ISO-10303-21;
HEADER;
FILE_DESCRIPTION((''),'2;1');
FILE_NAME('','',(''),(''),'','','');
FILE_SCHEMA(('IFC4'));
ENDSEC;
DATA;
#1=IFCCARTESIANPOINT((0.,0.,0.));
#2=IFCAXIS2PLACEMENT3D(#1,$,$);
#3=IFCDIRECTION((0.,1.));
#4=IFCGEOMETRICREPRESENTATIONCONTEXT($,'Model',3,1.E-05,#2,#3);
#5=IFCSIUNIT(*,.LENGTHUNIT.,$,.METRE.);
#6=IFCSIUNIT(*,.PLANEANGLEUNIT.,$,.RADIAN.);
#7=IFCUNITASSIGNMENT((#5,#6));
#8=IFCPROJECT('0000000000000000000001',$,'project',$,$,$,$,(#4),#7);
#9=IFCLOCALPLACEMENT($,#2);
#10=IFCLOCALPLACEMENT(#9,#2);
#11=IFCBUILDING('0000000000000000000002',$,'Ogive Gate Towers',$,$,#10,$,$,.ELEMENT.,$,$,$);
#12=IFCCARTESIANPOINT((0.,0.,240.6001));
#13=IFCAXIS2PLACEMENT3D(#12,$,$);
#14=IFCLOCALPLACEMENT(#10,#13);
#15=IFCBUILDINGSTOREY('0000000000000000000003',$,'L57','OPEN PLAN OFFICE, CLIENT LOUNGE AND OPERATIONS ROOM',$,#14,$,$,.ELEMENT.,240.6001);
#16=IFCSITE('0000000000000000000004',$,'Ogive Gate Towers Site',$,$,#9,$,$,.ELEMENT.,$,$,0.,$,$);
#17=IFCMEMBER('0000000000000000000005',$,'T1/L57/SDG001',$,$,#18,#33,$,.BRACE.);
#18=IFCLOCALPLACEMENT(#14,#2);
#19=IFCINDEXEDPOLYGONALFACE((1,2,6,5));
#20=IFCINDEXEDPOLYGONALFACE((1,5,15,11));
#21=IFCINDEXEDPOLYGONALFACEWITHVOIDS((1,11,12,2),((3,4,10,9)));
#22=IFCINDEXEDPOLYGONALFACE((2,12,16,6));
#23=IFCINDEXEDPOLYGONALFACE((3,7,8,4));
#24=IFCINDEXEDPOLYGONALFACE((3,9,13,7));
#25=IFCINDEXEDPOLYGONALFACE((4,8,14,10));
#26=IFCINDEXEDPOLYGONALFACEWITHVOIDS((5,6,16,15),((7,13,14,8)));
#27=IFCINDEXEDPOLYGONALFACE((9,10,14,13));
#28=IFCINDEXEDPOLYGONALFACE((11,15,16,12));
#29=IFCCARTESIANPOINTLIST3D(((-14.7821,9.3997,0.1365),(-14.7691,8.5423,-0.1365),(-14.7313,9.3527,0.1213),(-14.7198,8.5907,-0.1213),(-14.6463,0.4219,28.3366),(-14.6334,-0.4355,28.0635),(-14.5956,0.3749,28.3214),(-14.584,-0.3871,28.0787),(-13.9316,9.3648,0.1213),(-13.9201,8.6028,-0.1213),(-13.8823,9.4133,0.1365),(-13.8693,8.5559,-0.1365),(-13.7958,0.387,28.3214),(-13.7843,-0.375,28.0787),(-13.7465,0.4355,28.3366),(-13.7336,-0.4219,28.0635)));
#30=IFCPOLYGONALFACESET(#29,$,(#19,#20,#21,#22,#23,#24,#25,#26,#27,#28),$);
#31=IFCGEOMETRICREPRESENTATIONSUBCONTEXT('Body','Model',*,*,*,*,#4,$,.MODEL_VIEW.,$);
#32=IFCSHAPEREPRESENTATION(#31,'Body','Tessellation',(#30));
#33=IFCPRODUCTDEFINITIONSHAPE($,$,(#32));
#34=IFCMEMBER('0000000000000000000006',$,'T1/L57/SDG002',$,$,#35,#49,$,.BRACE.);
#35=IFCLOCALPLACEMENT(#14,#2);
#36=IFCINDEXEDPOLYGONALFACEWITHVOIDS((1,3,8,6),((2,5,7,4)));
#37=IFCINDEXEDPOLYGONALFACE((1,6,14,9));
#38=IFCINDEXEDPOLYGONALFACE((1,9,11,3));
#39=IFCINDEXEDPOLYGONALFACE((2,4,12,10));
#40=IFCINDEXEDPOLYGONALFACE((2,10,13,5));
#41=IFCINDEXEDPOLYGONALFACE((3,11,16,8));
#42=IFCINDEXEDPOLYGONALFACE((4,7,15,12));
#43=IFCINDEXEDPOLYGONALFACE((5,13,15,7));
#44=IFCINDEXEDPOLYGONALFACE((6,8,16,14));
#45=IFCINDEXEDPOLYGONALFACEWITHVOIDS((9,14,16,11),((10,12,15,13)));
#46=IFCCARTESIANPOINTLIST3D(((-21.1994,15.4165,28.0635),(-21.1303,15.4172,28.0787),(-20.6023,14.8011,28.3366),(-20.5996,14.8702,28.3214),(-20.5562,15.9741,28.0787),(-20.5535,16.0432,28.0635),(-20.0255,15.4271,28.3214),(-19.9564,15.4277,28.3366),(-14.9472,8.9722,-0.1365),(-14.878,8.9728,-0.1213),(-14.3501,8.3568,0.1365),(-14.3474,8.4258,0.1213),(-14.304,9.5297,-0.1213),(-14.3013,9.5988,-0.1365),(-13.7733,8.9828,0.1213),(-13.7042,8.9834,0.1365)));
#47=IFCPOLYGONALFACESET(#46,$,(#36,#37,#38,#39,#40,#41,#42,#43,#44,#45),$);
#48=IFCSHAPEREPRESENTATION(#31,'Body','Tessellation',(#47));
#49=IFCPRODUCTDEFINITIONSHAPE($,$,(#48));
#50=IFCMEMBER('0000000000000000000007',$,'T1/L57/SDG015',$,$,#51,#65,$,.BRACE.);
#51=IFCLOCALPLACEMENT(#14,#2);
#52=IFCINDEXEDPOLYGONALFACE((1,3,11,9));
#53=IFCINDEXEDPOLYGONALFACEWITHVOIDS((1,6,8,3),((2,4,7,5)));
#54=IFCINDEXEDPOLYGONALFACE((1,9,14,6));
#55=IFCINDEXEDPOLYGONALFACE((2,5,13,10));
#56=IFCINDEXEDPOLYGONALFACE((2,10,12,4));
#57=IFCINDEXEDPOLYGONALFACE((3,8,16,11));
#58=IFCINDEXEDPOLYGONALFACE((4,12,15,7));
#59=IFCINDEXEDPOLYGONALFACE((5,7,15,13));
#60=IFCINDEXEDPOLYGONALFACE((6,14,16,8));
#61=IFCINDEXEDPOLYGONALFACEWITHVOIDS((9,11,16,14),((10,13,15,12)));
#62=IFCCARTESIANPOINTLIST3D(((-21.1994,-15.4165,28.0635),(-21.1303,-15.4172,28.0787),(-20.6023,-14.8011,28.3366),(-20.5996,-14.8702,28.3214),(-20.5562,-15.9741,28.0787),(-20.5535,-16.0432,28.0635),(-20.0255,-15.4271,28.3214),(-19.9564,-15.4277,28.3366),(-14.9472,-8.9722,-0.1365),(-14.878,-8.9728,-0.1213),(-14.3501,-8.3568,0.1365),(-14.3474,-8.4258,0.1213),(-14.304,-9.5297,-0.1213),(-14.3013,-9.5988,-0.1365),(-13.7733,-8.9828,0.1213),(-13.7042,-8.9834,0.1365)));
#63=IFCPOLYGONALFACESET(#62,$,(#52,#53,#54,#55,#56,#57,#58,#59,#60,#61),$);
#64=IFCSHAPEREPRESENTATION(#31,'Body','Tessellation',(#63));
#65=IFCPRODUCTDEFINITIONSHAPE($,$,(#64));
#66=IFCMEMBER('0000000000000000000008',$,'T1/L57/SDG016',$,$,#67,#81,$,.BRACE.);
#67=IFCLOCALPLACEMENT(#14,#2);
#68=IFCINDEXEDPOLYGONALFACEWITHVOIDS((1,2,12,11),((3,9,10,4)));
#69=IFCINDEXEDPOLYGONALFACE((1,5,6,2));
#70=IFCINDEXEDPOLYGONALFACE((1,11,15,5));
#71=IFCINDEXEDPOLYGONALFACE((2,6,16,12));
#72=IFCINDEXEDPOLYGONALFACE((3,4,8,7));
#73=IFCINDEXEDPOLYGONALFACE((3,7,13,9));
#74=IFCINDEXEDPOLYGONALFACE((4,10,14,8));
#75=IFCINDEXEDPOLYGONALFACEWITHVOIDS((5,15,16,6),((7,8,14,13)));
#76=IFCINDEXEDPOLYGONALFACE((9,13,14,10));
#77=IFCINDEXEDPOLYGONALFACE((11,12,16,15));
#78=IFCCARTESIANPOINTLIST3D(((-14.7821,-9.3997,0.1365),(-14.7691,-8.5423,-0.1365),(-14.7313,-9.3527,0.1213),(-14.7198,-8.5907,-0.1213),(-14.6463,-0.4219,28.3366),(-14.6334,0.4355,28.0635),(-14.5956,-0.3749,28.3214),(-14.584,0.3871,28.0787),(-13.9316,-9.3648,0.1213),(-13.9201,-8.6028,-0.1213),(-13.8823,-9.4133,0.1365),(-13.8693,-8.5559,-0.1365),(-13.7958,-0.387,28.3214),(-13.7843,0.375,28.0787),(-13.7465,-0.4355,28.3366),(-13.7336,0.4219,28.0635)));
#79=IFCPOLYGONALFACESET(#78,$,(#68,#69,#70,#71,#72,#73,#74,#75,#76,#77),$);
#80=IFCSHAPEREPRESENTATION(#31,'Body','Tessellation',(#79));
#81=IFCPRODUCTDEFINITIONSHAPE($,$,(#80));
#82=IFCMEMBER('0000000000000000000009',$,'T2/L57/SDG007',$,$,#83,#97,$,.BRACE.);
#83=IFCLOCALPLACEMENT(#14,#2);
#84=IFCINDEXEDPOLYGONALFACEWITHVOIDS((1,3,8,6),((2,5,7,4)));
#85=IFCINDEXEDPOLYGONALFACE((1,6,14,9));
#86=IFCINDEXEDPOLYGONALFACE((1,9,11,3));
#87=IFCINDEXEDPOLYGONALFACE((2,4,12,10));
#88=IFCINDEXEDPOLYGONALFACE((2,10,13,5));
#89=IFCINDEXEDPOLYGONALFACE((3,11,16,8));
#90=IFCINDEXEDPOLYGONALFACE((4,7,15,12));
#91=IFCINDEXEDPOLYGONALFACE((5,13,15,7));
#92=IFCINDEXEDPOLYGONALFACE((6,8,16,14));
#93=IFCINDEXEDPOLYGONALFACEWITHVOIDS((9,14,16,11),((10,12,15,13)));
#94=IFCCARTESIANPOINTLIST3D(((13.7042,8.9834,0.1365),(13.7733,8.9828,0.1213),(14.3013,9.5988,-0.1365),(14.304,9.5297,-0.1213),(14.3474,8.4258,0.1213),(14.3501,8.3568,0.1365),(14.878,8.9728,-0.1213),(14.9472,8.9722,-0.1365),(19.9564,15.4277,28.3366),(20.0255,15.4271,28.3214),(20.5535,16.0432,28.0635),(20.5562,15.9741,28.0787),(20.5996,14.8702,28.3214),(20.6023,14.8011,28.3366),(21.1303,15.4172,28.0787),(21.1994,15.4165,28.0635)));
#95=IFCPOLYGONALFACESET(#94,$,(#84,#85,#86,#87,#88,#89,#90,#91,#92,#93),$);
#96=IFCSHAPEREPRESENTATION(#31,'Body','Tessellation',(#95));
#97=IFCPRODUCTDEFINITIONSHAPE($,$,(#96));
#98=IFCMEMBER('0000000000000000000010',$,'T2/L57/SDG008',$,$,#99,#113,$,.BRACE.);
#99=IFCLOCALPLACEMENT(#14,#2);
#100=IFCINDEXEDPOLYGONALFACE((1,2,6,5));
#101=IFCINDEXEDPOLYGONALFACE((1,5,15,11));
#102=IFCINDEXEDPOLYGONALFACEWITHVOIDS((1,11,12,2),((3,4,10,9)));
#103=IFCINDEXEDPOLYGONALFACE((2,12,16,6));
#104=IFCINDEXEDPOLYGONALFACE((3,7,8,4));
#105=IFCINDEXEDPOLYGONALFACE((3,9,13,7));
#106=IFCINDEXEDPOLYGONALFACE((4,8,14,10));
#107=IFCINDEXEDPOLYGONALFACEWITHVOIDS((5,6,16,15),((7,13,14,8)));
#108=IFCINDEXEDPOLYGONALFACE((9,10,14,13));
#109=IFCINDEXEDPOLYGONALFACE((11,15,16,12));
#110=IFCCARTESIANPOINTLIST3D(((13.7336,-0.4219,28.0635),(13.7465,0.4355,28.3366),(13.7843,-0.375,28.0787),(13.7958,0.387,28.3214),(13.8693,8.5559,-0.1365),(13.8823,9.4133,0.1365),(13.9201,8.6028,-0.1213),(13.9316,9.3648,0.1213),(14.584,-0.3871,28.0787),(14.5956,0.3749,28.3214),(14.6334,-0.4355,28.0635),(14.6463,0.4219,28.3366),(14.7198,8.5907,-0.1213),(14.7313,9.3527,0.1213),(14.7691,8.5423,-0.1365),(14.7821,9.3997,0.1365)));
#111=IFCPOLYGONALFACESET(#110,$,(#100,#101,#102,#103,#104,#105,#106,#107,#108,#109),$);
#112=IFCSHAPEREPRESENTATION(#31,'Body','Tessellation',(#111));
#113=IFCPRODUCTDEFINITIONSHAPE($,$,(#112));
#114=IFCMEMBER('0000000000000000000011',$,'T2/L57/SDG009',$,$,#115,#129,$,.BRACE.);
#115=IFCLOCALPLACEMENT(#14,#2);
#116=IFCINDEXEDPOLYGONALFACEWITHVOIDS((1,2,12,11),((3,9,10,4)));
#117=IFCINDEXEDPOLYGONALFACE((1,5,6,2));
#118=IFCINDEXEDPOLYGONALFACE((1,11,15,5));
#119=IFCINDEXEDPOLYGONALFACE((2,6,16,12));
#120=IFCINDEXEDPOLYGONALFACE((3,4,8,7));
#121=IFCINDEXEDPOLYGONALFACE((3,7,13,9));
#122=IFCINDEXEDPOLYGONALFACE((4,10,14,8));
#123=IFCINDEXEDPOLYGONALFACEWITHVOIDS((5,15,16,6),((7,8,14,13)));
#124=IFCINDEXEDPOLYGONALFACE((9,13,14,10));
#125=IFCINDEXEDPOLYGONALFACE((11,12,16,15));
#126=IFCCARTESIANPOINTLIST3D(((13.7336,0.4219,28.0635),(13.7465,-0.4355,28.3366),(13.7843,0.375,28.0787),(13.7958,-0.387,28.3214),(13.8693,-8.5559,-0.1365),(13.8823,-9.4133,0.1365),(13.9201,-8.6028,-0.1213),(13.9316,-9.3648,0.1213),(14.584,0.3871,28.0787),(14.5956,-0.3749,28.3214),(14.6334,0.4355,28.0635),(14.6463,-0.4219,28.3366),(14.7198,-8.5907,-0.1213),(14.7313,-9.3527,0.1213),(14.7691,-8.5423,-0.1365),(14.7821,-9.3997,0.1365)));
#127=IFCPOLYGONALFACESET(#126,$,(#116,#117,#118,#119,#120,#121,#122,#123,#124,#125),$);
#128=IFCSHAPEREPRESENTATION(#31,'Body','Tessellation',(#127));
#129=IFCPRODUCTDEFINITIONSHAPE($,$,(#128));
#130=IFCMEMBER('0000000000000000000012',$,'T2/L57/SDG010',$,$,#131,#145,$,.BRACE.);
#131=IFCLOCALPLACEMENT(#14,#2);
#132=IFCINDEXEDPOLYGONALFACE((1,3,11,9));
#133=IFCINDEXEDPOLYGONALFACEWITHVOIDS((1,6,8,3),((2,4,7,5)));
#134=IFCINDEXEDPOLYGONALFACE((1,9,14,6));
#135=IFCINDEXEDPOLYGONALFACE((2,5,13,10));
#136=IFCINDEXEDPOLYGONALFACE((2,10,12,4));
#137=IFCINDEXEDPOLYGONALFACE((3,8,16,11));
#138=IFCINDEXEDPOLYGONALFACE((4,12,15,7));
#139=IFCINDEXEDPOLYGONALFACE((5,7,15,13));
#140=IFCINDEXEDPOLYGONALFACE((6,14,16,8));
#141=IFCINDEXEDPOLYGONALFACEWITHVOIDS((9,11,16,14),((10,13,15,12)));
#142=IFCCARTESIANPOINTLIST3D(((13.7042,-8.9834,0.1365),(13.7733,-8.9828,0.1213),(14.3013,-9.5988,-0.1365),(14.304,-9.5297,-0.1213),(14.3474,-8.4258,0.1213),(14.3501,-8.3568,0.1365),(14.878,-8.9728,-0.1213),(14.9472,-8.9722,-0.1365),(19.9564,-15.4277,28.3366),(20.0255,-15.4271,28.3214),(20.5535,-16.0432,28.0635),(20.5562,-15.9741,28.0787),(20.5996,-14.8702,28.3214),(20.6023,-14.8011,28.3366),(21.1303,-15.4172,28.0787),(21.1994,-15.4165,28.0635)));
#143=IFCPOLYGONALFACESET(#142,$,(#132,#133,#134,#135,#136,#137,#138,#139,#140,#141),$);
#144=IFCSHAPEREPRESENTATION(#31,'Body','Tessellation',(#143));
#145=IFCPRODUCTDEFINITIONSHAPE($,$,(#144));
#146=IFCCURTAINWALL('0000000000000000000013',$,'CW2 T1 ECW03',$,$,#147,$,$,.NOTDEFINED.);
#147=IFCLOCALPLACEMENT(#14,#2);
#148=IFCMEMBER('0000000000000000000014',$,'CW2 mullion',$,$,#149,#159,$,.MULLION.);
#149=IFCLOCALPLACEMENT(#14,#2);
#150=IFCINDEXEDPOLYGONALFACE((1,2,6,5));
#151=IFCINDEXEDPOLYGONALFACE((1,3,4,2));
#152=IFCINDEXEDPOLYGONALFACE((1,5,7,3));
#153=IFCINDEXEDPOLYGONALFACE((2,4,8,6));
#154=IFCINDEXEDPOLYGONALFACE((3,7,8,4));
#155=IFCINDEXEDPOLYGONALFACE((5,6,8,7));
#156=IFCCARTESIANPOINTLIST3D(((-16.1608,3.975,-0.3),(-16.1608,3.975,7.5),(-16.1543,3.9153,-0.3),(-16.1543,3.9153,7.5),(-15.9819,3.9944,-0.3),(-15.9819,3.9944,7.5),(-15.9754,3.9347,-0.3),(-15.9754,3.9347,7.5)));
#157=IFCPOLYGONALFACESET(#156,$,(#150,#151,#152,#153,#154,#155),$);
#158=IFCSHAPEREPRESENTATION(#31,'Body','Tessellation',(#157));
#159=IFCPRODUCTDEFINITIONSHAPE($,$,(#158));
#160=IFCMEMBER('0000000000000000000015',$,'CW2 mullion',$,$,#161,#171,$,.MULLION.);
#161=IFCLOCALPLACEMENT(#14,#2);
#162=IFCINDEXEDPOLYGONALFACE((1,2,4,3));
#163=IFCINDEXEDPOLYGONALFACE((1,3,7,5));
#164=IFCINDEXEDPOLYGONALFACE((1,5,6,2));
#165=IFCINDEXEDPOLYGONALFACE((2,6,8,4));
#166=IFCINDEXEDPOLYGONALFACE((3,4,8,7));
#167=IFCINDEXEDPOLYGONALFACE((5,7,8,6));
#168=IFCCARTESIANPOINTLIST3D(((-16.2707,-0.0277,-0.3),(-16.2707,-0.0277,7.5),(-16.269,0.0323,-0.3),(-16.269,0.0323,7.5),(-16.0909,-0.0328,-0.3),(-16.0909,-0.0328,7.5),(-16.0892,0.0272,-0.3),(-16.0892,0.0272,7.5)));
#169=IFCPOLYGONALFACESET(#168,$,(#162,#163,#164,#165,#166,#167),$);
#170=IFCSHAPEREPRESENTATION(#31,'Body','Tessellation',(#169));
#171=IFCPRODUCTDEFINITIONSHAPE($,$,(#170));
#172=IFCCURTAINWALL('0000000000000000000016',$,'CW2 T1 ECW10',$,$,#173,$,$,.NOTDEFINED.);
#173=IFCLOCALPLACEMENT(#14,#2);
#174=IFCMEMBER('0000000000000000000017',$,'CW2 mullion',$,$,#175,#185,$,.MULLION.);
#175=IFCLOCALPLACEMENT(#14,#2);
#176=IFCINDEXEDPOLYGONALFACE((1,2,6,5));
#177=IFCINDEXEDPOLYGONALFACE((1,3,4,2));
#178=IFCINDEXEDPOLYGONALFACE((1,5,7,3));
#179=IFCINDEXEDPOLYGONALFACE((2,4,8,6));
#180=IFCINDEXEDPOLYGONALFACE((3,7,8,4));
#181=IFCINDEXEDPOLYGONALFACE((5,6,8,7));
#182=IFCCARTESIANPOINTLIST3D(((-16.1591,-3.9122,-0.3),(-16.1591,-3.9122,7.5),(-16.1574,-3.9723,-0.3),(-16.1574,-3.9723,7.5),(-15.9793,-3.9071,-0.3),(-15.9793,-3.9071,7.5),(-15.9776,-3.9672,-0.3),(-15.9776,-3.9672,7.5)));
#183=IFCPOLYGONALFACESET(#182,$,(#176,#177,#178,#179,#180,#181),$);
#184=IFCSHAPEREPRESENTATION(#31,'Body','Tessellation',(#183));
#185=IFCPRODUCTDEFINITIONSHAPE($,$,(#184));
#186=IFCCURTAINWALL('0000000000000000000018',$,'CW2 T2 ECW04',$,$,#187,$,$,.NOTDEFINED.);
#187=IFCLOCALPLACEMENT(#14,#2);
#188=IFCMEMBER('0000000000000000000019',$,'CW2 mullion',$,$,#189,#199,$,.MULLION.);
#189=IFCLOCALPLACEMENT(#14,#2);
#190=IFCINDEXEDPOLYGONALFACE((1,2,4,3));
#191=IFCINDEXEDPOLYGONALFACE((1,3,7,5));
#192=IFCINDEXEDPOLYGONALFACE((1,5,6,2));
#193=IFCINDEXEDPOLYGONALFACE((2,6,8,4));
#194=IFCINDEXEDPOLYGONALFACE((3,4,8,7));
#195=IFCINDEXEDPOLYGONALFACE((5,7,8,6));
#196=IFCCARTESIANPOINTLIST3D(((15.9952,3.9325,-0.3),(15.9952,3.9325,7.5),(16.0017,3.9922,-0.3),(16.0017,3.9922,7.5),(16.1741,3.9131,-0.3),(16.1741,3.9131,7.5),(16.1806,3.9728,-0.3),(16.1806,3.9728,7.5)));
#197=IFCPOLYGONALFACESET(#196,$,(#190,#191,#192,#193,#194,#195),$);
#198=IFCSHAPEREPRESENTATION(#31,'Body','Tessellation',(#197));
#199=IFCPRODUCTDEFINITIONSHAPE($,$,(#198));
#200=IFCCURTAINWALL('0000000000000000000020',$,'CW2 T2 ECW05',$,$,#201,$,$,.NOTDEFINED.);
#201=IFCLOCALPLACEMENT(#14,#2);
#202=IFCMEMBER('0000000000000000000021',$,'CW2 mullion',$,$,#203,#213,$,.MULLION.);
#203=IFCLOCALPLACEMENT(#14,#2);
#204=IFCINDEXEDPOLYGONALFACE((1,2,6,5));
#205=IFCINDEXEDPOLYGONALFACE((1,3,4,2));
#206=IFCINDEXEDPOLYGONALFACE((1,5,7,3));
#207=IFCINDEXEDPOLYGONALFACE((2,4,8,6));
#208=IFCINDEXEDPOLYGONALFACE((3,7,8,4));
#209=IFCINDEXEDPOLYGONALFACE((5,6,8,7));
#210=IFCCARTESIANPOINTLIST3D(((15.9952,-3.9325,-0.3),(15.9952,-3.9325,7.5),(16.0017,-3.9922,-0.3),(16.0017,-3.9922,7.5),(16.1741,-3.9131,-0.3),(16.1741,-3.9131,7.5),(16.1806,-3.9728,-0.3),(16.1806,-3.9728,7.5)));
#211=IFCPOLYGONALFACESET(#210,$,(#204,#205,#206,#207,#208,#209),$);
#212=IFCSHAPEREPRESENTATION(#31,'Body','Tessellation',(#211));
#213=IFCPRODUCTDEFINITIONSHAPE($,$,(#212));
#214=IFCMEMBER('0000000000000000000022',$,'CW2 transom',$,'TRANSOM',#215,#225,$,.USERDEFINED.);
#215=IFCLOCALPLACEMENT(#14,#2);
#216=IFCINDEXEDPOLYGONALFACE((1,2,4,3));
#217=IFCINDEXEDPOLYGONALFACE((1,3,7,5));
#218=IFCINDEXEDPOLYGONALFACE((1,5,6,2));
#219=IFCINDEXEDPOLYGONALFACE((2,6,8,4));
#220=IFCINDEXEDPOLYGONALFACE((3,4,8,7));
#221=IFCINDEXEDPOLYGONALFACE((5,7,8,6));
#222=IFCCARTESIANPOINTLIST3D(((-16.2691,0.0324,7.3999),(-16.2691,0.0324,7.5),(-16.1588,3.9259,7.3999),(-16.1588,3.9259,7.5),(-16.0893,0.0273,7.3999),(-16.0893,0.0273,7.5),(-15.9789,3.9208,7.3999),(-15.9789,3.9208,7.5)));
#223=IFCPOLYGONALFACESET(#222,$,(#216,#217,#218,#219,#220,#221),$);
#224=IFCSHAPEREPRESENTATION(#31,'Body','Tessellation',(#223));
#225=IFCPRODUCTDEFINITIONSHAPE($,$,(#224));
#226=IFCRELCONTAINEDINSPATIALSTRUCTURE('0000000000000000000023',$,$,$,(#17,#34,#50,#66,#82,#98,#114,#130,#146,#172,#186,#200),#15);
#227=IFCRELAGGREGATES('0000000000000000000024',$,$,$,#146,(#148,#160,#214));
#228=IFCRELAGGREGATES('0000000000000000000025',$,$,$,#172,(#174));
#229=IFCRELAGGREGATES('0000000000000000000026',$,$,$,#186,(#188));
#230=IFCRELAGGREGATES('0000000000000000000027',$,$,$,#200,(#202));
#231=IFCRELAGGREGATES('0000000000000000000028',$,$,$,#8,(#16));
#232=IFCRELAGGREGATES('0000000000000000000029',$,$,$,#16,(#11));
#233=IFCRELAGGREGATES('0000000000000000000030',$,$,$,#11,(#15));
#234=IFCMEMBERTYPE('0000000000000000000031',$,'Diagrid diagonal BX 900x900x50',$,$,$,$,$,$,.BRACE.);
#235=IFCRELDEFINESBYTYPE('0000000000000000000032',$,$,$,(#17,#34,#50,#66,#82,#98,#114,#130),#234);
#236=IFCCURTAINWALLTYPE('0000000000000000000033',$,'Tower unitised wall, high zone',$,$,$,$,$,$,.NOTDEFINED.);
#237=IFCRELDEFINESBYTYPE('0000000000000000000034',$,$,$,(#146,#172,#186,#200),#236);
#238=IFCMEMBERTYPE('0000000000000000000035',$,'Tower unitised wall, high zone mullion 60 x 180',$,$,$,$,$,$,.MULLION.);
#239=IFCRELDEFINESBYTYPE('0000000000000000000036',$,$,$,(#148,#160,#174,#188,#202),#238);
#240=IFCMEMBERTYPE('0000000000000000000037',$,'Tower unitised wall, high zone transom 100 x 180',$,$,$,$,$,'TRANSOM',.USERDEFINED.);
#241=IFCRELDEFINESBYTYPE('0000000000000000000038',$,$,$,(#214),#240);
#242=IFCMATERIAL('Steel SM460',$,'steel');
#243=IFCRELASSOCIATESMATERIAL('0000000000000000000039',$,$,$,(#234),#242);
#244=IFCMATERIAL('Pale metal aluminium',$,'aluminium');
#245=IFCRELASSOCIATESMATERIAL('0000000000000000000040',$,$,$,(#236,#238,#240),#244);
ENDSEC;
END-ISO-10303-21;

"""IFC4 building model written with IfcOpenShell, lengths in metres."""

from ifc_helpers import new_model, si_unit, direction, frame, origin, origin_2d, place, context, subcontext, project, spatial, rectangle, hollow_rectangle, extrude, material, material_profile, profile_set, type_object, element, aggregate, save


model = new_model("IFC4")

# Units and contexts
model_context = context("Model", 3, precision=1e-05, world=origin(), true_north=direction((0.0, 1.0)))
body_context = subcontext(model_context, "Body", "Model", "MODEL_VIEW")
ifc_project = project(units=[si_unit("LENGTHUNIT", "METRE"), si_unit("PLANEANGLEUNIT", "RADIAN")], contexts=[model_context])

# Site, building, storey
site_placement = place(None, origin())
site = spatial("IfcSite", under=ifc_project, at=site_placement, Name="Ogive Gate Towers Site", CompositionType="ELEMENT", RefElevation=0.0)
building_placement = place(site_placement, origin())
building = spatial("IfcBuilding", under=site, at=building_placement, Name="Ogive Gate Towers", CompositionType="ELEMENT")
storey_placement = place(building_placement, frame((0.0, 0.0, 240.6001)))
storey = spatial("IfcBuildingStorey", under=building, at=storey_placement, Name="L57", Description="OPEN PLAN OFFICE, CLIENT LOUNGE AND OPERATIONS ROOM", CompositionType="ELEMENT", Elevation=240.6001)

# Members
ifc_material_1 = material(Name="Steel SM460", Category="steel")
ifc_material_profile_1 = material_profile(ifc_material_1, hollow_rectangle(XDim=0.8999, YDim=0.8999, WallThickness=0.05, at=origin_2d()), Name="BX 900x900x50")
ifc_profile_set_1 = profile_set([ifc_material_profile_1], Name="Steel SM460")
member_type_1 = type_object("IfcMemberType", Name="Diagrid diagonal BX 900x900x50", PredefinedType="BRACE", material=ifc_profile_set_1)
for number, where, z_axis, x_axis, name in (
    (1, (-14.3257, 8.9778, 0.0), (0.004587, -0.303356, 0.952866), (0.999886, 0.015118, 0.0), "T1/L57/SDG001"),
    (2, (-14.3257, 8.9778, 0.0), (-0.211259, 0.217752, 0.952866), (-0.717725, -0.696326, 0.0), "T1/L57/SDG002"),
    (3, (-14.3257, -8.9778, 0.0), (-0.211259, -0.217752, 0.952866), (0.717725, -0.696326, 0.0), "T1/L57/SDG015"),
    (4, (-14.3257, -8.9778, 0.0), (0.004587, 0.303356, 0.952866), (-0.999886, 0.015118, 0.0), "T1/L57/SDG016"),
    (5, (14.3257, 8.9778, 0.0), (0.211259, 0.217752, 0.952866), (-0.717725, 0.696326, 0.0), "T2/L57/SDG007"),
    (6, (14.3257, 8.9778, 0.0), (-0.004587, -0.303356, 0.952866), (0.999886, -0.015118, 0.0), "T2/L57/SDG008"),
    (7, (14.3257, -8.9778, 0.0), (-0.004587, 0.303356, 0.952866), (-0.999886, -0.015118, 0.0), "T2/L57/SDG009"),
    (8, (14.3257, -8.9778, 0.0), (0.211259, -0.217752, 0.952866), (0.717725, 0.696326, 0.0), "T2/L57/SDG010"),
):
    element("IfcMember", number, at=place(storey_placement, frame(where, z_axis=z_axis, x_axis=x_axis)), inside=storey, type_object=member_type_1, Name=name, PredefinedType="BRACE", context=body_context, shape_type="SweptSolid", body=[
        extrude(hollow_rectangle(XDim=0.8999, YDim=0.8999, WallThickness=0.05, at=origin_2d()), origin(), (0.0, 0.0, 1.0), 29.595),
    ])

# Curtain wall, members
ifc_material_2 = material(Name="Pale metal aluminium", Category="aluminium")
curtain_wall_type = type_object("IfcCurtainWallType", Name="Tower unitised wall, high zone", PredefinedType="NOTDEFINED", material=ifc_material_2)
curtain_wall_1_placement = place(storey_placement, origin())
curtain_wall_1 = element("IfcCurtainWall", 9, at=curtain_wall_1_placement, inside=storey, type_object=curtain_wall_type, Name="CW2 T1 ECW03", PredefinedType="NOTDEFINED")
ifc_material_profile_2 = material_profile(ifc_material_2, rectangle(XDim=0.1799, YDim=0.0601, at=origin_2d()), Name="60 x 180 aluminium box")
ifc_profile_set_2 = profile_set([ifc_material_profile_2], Name="Pale metal aluminium")
member_type_2 = type_object("IfcMemberType", Name="Tower unitised wall, high zone mullion 60 x 180", PredefinedType="MULLION", material=ifc_profile_set_2)
member_1_placement = place(storey_placement, frame((-16.0681, 3.9548, -0.3), z_axis=(0.0, 0.0, 1.0), x_axis=(-0.99416, -0.107913, 0.0)))
member_1 = element("IfcMember", 10, at=member_1_placement, type_object=member_type_2, Name="CW2 mullion", PredefinedType="MULLION", context=body_context, shape_type="SweptSolid", body=[
    extrude(rectangle(XDim=0.1799, YDim=0.0601, at=origin_2d()), origin(), (0.0, 0.0, 1.0), 7.8),
])
member_2_placement = place(storey_placement, frame((-16.1799, -0.0002, -0.3), z_axis=(0.0, 0.0, 1.0), x_axis=(-0.999599, 0.028323, 0.0)))
member_2 = element("IfcMember", 11, at=member_2_placement, type_object=member_type_2, Name="CW2 mullion", PredefinedType="MULLION", context=body_context, shape_type="SweptSolid", body=[
    extrude(rectangle(XDim=0.1799, YDim=0.0601, at=origin_2d()), origin(), (0.0, 0.0, 1.0), 7.8),
])

# Curtain walls, members
curtain_wall_2_placement = place(storey_placement, origin())
curtain_wall_2 = element("IfcCurtainWall", 12, at=curtain_wall_2_placement, inside=storey, type_object=curtain_wall_type, Name="CW2 T1 ECW10", PredefinedType="NOTDEFINED")
member_3_placement = place(storey_placement, frame((-16.0684, -3.9397, -0.3), z_axis=(0.0, 0.0, 1.0), x_axis=(-0.999599, -0.028323, 0.0)))
member_3 = element("IfcMember", 13, at=member_3_placement, type_object=member_type_2, Name="CW2 mullion", PredefinedType="MULLION", context=body_context, shape_type="SweptSolid", body=[
    extrude(rectangle(XDim=0.1799, YDim=0.0601, at=origin_2d()), origin(), (0.0, 0.0, 1.0), 7.8),
])
curtain_wall_3_placement = place(storey_placement, origin())
curtain_wall_3 = element("IfcCurtainWall", 14, at=curtain_wall_3_placement, inside=storey, type_object=curtain_wall_type, Name="CW2 T2 ECW04", PredefinedType="NOTDEFINED")
member_4_placement = place(storey_placement, frame((16.0879, 3.9526, -0.3), z_axis=(0.0, 0.0, 1.0), x_axis=(-0.99416, 0.107913, 0.0)))
member_4 = element("IfcMember", 15, at=member_4_placement, type_object=member_type_2, Name="CW2 mullion", PredefinedType="MULLION", context=body_context, shape_type="SweptSolid", body=[
    extrude(rectangle(XDim=0.1799, YDim=0.0601, at=origin_2d()), origin(), (0.0, 0.0, 1.0), 7.8),
])
curtain_wall_4_placement = place(storey_placement, origin())
curtain_wall_4 = element("IfcCurtainWall", 16, at=curtain_wall_4_placement, inside=storey, type_object=curtain_wall_type, Name="CW2 T2 ECW05", PredefinedType="NOTDEFINED")
member_5_placement = place(storey_placement, frame((16.0879, -3.9526, -0.3), z_axis=(0.0, 0.0, 1.0), x_axis=(-0.99416, -0.107913, 0.0)))
member_5 = element("IfcMember", 17, at=member_5_placement, type_object=member_type_2, Name="CW2 mullion", PredefinedType="MULLION", context=body_context, shape_type="SweptSolid", body=[
    extrude(rectangle(XDim=0.1799, YDim=0.0601, at=origin_2d()), origin(), (0.0, 0.0, 1.0), 7.8),
])

# Member
ifc_material_profile_3 = material_profile(ifc_material_2, rectangle(XDim=0.1799, YDim=0.1001, at=origin_2d()), Name="100 x 180 aluminium box")
ifc_profile_set_3 = profile_set([ifc_material_profile_3], Name="Pale metal aluminium")
member_type_3 = type_object("IfcMemberType", Name="Tower unitised wall, high zone transom 100 x 180", ElementType="TRANSOM", PredefinedType="USERDEFINED", material=ifc_profile_set_3)
member_6_placement = place(storey_placement, frame((-16.0688, 3.9233, 7.45), z_axis=(-0.028331, -0.999599, 0.0), x_axis=(0.999599, -0.028331, 0.0)))
member_6 = element("IfcMember", 18, at=member_6_placement, type_object=member_type_3, Name="CW2 transom", ObjectType="TRANSOM", PredefinedType="USERDEFINED", context=body_context, shape_type="SweptSolid", body=[
    extrude(rectangle(XDim=0.1799, YDim=0.1001, at=origin_2d()), origin(), (0.0, 0.0, 1.0), 3.895),
])

aggregate(curtain_wall_1, [member_1, member_2, member_6])
aggregate(curtain_wall_2, [member_3])
aggregate(curtain_wall_3, [member_4])
aggregate(curtain_wall_4, [member_5])

save(model, "model.ifc")
